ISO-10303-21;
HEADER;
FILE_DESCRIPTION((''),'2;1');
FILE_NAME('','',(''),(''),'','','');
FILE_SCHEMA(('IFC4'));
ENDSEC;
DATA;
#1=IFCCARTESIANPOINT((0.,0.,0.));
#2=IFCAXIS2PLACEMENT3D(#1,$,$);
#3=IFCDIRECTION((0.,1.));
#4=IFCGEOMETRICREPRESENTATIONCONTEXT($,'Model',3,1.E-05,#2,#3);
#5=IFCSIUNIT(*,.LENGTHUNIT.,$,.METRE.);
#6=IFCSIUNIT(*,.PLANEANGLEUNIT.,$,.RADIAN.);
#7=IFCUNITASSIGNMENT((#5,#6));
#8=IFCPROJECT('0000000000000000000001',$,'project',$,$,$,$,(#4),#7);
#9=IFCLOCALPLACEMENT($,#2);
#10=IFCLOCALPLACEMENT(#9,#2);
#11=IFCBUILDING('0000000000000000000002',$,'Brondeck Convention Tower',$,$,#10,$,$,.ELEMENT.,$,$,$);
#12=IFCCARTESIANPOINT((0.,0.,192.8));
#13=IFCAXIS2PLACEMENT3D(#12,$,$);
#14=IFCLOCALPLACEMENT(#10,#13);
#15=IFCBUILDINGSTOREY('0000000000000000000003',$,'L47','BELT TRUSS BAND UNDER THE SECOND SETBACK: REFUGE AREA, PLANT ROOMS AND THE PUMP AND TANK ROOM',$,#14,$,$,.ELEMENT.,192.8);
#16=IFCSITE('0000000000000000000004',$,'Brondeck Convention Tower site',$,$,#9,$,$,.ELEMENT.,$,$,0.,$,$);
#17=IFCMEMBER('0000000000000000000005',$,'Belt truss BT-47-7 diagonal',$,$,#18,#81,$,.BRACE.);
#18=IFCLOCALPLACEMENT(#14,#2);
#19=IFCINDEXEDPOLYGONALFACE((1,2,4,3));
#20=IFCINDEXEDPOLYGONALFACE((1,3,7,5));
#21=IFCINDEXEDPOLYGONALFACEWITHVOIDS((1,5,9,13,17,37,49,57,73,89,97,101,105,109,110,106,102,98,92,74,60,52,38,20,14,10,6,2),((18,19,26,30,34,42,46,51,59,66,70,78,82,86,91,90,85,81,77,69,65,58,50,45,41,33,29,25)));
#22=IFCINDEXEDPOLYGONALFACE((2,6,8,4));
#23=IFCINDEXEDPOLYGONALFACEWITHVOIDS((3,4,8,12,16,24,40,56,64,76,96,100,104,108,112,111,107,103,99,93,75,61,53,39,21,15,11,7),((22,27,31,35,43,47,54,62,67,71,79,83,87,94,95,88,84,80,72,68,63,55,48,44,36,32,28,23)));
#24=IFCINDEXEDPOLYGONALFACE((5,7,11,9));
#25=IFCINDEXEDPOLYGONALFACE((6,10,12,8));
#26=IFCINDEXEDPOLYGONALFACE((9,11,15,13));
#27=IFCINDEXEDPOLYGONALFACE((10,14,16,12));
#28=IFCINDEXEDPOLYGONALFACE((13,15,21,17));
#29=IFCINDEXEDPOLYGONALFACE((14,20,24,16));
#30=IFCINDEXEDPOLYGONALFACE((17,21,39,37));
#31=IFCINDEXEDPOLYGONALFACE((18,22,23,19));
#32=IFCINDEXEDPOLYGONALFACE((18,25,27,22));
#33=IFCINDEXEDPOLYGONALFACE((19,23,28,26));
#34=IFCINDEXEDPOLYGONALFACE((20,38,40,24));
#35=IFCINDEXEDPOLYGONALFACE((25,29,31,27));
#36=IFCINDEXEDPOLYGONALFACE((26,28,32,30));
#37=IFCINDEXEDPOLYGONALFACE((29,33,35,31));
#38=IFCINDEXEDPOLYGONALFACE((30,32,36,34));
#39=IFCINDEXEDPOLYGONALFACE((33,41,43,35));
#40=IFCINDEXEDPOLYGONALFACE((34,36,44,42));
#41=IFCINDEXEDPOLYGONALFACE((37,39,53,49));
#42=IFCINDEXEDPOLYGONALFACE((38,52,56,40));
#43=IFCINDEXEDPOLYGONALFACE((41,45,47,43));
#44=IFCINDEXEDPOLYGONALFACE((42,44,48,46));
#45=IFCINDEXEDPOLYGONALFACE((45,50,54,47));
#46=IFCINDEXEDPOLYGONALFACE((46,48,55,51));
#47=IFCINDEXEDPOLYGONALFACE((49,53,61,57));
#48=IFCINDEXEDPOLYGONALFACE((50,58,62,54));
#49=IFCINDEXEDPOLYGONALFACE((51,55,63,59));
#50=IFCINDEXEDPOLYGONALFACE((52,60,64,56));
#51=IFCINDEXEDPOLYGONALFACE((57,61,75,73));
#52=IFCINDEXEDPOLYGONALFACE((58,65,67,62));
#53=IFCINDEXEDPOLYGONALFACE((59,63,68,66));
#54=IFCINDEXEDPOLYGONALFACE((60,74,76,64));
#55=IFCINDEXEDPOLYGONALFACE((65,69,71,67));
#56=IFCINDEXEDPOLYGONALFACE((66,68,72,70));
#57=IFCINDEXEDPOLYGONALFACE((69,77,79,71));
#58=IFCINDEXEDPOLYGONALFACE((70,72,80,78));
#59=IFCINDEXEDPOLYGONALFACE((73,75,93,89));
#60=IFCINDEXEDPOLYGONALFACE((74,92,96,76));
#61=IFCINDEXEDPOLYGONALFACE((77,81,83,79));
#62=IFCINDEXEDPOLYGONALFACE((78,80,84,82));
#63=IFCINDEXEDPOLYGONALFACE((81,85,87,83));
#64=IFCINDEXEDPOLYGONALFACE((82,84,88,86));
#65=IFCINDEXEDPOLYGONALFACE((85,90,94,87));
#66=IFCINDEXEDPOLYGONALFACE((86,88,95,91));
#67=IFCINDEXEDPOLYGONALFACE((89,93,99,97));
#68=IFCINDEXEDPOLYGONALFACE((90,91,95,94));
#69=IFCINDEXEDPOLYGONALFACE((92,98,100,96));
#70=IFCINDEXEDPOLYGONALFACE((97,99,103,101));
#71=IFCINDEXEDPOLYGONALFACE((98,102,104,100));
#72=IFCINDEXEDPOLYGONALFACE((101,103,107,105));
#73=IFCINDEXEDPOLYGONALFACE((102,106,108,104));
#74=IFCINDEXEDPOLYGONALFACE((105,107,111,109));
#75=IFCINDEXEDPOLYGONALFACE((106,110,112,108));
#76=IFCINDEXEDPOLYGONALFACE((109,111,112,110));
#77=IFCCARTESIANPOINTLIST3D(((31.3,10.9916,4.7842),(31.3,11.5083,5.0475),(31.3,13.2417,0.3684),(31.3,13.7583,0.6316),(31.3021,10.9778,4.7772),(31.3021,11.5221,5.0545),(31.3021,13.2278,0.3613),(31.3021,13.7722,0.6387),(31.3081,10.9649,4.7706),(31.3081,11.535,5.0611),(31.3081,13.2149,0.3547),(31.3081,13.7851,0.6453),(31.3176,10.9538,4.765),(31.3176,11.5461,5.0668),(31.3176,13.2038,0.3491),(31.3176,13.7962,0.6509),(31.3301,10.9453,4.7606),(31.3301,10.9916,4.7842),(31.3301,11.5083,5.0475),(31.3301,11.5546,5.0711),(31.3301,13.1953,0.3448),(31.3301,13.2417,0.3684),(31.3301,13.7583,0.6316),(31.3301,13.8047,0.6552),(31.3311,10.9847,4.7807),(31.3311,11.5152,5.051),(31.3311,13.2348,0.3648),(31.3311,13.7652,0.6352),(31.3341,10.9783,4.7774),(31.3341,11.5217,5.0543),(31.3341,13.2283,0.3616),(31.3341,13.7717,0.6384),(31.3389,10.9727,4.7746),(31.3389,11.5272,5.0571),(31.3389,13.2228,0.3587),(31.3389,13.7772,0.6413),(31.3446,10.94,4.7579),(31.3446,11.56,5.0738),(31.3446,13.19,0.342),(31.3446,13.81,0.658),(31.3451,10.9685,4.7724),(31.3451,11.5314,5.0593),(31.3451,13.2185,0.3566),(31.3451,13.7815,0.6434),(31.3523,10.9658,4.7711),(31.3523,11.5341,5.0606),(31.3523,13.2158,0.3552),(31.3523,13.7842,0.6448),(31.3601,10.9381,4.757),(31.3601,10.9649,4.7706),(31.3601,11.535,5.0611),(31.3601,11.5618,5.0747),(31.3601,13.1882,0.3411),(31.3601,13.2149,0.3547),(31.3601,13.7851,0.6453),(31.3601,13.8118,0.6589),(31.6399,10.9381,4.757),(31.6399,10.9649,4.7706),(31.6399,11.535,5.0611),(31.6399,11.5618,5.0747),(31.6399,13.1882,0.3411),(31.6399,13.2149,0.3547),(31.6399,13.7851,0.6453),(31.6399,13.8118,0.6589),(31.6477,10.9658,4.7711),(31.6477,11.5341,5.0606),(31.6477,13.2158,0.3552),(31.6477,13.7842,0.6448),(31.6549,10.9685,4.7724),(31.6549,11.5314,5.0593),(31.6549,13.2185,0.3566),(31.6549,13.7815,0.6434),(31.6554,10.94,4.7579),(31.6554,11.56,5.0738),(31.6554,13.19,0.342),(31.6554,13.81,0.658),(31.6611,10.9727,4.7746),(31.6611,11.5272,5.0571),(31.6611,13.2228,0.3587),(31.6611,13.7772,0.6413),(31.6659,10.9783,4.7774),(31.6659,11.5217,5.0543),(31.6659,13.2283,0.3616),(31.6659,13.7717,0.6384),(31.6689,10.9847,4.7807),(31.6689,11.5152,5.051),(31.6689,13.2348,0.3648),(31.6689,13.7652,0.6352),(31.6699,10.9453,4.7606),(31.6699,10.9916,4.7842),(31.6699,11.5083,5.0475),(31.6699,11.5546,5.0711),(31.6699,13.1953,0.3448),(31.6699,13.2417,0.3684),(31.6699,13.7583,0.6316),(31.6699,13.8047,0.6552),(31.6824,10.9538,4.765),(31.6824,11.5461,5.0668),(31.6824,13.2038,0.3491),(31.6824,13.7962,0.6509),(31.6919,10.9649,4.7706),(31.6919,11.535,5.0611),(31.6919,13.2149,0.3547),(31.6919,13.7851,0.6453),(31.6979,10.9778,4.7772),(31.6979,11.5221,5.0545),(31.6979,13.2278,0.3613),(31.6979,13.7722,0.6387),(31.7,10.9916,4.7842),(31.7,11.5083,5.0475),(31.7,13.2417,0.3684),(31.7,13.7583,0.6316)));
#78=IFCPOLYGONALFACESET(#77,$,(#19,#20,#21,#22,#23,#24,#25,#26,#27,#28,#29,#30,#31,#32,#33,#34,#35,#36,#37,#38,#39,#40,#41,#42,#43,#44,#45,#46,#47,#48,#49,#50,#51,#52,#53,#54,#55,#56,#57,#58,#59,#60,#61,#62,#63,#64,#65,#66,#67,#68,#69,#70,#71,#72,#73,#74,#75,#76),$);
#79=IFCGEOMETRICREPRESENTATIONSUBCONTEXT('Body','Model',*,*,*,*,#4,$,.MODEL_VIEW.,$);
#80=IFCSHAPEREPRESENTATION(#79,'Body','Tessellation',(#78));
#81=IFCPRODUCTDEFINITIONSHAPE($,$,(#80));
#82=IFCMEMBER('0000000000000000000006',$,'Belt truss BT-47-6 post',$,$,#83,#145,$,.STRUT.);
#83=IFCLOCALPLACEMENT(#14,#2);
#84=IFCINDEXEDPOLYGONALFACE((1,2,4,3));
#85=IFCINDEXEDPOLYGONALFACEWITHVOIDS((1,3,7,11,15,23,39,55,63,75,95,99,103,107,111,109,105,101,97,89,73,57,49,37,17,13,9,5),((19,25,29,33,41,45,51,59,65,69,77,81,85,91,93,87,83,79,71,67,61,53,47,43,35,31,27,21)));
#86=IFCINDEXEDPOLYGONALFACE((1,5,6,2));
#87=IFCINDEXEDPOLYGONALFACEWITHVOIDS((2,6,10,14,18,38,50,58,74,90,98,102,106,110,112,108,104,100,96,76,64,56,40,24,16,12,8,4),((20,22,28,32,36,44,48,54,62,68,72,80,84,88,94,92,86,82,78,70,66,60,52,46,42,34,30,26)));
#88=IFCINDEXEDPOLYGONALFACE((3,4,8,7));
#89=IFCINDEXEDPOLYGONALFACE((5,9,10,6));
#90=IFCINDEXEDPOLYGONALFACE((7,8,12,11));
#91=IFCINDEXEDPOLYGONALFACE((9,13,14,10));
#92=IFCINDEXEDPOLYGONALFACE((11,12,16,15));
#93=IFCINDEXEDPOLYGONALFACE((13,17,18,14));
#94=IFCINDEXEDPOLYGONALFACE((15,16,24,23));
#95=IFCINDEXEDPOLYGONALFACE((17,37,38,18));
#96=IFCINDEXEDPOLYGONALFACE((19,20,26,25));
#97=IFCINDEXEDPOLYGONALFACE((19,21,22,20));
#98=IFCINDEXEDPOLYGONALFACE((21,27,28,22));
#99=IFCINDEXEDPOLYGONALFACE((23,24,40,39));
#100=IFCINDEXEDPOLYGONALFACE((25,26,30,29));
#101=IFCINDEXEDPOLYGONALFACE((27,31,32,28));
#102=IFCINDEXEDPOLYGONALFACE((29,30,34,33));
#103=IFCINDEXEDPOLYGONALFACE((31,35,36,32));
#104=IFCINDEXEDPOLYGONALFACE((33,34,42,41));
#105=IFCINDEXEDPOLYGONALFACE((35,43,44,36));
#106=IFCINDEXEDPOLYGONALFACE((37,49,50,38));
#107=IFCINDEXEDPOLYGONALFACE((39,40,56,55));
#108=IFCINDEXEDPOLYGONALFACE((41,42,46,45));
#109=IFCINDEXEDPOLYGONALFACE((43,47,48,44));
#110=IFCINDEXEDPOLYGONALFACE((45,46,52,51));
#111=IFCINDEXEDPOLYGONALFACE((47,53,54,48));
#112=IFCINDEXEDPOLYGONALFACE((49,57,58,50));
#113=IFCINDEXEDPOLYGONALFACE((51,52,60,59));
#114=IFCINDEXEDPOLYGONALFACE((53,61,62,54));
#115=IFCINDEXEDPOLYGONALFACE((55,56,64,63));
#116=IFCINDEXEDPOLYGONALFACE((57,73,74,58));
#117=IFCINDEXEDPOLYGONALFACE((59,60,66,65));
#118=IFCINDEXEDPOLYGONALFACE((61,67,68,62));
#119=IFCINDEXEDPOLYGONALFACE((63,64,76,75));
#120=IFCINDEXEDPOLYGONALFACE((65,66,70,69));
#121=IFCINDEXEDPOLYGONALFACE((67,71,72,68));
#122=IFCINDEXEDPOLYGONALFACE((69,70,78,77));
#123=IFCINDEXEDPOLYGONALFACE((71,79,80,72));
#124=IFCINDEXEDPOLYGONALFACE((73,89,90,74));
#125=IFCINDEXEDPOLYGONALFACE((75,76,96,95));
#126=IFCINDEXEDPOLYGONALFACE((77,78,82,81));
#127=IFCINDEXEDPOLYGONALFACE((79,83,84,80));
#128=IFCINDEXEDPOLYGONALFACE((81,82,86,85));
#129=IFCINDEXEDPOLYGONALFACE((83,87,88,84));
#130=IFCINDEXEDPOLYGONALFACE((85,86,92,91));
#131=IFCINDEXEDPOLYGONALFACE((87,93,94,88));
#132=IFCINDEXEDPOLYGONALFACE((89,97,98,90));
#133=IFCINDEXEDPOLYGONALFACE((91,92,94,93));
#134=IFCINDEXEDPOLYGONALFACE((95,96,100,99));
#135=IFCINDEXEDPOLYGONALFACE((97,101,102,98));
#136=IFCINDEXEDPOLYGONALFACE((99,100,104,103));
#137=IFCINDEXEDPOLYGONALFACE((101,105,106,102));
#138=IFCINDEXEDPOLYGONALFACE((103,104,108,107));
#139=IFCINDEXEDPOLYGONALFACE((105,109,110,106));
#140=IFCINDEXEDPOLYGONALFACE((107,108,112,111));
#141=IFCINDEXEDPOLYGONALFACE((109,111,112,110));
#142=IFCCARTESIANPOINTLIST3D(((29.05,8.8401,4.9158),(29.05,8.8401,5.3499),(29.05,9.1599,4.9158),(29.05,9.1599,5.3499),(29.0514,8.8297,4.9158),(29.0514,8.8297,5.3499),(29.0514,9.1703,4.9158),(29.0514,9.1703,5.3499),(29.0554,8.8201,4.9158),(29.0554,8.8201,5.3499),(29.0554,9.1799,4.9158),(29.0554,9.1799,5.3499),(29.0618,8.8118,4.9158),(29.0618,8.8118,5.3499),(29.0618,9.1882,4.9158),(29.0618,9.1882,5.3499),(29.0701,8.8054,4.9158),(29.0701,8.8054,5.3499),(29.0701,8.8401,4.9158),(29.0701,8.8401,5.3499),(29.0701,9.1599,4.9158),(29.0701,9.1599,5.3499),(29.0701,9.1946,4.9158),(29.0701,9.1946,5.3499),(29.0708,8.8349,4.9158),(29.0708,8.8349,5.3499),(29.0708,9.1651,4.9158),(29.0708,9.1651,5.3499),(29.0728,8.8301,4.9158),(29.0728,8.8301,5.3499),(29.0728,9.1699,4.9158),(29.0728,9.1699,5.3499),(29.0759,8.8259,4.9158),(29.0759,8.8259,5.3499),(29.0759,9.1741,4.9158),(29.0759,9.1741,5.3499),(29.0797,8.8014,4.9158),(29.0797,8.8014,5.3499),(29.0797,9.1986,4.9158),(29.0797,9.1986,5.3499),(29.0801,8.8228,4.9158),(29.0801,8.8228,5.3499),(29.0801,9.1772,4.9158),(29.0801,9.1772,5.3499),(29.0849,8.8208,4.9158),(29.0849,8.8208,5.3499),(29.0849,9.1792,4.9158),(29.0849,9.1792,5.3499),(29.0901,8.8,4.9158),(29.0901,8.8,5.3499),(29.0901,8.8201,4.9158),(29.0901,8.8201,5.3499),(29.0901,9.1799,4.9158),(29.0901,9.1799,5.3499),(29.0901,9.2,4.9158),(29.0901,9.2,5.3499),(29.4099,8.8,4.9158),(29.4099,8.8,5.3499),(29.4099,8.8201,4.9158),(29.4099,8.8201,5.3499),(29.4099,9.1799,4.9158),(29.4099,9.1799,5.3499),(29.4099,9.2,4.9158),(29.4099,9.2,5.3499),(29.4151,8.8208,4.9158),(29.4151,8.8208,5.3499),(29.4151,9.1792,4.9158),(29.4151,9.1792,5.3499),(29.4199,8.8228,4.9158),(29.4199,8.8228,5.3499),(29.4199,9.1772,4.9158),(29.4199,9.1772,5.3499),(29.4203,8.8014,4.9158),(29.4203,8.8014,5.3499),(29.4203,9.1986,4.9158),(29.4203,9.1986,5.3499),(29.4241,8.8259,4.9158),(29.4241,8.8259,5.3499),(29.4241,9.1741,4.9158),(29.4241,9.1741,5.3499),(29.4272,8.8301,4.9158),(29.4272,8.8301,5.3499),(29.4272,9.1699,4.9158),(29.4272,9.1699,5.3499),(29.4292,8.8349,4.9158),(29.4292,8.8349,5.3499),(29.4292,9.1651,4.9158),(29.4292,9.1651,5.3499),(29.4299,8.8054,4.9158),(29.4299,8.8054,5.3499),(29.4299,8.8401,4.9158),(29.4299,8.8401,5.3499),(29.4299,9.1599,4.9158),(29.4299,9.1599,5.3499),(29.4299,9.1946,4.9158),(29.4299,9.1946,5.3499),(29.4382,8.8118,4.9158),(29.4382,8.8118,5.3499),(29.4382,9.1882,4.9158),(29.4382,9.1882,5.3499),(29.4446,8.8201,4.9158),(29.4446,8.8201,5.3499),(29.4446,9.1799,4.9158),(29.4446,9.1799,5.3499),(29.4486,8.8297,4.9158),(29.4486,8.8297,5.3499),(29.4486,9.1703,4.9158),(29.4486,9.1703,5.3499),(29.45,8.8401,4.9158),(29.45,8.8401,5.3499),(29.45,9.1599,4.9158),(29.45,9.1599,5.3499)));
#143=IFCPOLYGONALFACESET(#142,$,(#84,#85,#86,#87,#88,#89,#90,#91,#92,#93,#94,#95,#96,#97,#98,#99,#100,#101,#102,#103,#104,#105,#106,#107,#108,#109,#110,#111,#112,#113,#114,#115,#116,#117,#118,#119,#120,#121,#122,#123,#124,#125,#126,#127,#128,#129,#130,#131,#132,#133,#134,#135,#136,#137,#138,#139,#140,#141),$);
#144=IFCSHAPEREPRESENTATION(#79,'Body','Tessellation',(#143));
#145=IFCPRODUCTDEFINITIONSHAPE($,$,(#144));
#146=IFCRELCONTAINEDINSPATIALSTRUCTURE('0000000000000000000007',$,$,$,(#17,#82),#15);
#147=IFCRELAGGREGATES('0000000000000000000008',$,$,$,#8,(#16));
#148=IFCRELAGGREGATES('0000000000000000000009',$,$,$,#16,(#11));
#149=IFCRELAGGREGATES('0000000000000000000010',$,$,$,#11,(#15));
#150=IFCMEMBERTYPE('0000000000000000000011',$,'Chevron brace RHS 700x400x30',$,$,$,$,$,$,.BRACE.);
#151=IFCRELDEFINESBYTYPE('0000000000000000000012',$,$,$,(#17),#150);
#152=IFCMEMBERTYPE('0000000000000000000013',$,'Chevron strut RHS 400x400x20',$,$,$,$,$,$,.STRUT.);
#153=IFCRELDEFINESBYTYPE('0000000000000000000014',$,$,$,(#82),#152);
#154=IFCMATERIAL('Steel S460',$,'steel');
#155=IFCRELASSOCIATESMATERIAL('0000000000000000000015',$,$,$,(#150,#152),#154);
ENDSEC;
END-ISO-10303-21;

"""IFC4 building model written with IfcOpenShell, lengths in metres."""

from ifc_helpers import new_model, si_unit, direction, frame, origin, origin_2d, place, context, subcontext, project, spatial, hollow_rectangle, extrude, material, material_profile, profile_set, type_object, element, save


model = new_model("IFC4")

# Units and contexts
model_context = context("Model", 3, precision=1e-05, world=origin(), true_north=direction((0.0, 1.0)))
body_context = subcontext(model_context, "Body", "Model", "MODEL_VIEW")
ifc_project = project(units=[si_unit("LENGTHUNIT", "METRE"), si_unit("PLANEANGLEUNIT", "RADIAN")], contexts=[model_context])

# Site, building, storey
site_placement = place(None, origin())
site = spatial("IfcSite", under=ifc_project, at=site_placement, Name="Brondeck Convention Tower site", CompositionType="ELEMENT", RefElevation=0.0)
building_placement = place(site_placement, origin())
building = spatial("IfcBuilding", under=site, at=building_placement, Name="Brondeck Convention Tower", CompositionType="ELEMENT")
storey_placement = place(building_placement, frame((0.0, 0.0, 192.8)))
storey = spatial("IfcBuildingStorey", under=building, at=storey_placement, Name="L47", Description="BELT TRUSS BAND UNDER THE SECOND SETBACK: REFUGE AREA, PLANT ROOMS AND THE PUMP AND TANK ROOM", CompositionType="ELEMENT", Elevation=192.8)

# Members
ifc_material_1 = material(Name="Steel S460", Category="steel")
ifc_material_profile_1 = material_profile(ifc_material_1, hollow_rectangle(XDim=0.3999, YDim=0.7, WallThickness=0.03, InnerFilletRadius=0.03, OuterFilletRadius=0.0601, at=origin_2d()), Name="RHS 700x400x30")
ifc_profile_set_1 = profile_set([ifc_material_profile_1], Name="Steel S460")
member_type_1 = type_object("IfcMemberType", Name="Chevron brace RHS 700x400x30", PredefinedType="BRACE", material=ifc_profile_set_1)
for number, where, z_axis, x_axis, name in (
    (1, (31.5, 13.5, 0.5), (0.0, -0.453999, 0.891002), (1.0, 0.0, 0.0), "Belt truss BT-47-7 diagonal"),
):
    element("IfcMember", number, at=place(storey_placement, frame(where, z_axis=z_axis, x_axis=x_axis)), inside=storey, type_object=member_type_1, Name=name, PredefinedType="BRACE", context=body_context, shape_type="SweptSolid", body=[
        extrude(hollow_rectangle(XDim=0.3999, YDim=0.7, WallThickness=0.03, InnerFilletRadius=0.03, OuterFilletRadius=0.0601, at=origin_2d()), origin(), (0.0, 0.0, 1.0), 4.9561),
    ])
ifc_material_profile_2 = material_profile(ifc_material_1, hollow_rectangle(XDim=0.3999, YDim=0.3999, WallThickness=0.02, InnerFilletRadius=0.02, OuterFilletRadius=0.04, at=origin_2d()), Name="RHS 400x400x20")
ifc_profile_set_2 = profile_set([ifc_material_profile_2], Name="Steel S460")
member_type_2 = type_object("IfcMemberType", Name="Chevron strut RHS 400x400x20", PredefinedType="STRUT", material=ifc_profile_set_2)
for number, where, z_axis, x_axis, name in (
    (2, (29.25, 9.0, 4.9158), (0.0, 0.0, 1.0), (1.0, 0.0, 0.0), "Belt truss BT-47-6 post"),
):
    element("IfcMember", number, at=place(storey_placement, frame(where, z_axis=z_axis, x_axis=x_axis)), inside=storey, type_object=member_type_2, Name=name, PredefinedType="STRUT", context=body_context, shape_type="SweptSolid", body=[
        extrude(hollow_rectangle(XDim=0.3999, YDim=0.3999, WallThickness=0.02, InnerFilletRadius=0.02, OuterFilletRadius=0.04, at=origin_2d()), origin(), (0.0, 0.0, 1.0), 0.4341),
    ])

save(model, "model.ifc")
